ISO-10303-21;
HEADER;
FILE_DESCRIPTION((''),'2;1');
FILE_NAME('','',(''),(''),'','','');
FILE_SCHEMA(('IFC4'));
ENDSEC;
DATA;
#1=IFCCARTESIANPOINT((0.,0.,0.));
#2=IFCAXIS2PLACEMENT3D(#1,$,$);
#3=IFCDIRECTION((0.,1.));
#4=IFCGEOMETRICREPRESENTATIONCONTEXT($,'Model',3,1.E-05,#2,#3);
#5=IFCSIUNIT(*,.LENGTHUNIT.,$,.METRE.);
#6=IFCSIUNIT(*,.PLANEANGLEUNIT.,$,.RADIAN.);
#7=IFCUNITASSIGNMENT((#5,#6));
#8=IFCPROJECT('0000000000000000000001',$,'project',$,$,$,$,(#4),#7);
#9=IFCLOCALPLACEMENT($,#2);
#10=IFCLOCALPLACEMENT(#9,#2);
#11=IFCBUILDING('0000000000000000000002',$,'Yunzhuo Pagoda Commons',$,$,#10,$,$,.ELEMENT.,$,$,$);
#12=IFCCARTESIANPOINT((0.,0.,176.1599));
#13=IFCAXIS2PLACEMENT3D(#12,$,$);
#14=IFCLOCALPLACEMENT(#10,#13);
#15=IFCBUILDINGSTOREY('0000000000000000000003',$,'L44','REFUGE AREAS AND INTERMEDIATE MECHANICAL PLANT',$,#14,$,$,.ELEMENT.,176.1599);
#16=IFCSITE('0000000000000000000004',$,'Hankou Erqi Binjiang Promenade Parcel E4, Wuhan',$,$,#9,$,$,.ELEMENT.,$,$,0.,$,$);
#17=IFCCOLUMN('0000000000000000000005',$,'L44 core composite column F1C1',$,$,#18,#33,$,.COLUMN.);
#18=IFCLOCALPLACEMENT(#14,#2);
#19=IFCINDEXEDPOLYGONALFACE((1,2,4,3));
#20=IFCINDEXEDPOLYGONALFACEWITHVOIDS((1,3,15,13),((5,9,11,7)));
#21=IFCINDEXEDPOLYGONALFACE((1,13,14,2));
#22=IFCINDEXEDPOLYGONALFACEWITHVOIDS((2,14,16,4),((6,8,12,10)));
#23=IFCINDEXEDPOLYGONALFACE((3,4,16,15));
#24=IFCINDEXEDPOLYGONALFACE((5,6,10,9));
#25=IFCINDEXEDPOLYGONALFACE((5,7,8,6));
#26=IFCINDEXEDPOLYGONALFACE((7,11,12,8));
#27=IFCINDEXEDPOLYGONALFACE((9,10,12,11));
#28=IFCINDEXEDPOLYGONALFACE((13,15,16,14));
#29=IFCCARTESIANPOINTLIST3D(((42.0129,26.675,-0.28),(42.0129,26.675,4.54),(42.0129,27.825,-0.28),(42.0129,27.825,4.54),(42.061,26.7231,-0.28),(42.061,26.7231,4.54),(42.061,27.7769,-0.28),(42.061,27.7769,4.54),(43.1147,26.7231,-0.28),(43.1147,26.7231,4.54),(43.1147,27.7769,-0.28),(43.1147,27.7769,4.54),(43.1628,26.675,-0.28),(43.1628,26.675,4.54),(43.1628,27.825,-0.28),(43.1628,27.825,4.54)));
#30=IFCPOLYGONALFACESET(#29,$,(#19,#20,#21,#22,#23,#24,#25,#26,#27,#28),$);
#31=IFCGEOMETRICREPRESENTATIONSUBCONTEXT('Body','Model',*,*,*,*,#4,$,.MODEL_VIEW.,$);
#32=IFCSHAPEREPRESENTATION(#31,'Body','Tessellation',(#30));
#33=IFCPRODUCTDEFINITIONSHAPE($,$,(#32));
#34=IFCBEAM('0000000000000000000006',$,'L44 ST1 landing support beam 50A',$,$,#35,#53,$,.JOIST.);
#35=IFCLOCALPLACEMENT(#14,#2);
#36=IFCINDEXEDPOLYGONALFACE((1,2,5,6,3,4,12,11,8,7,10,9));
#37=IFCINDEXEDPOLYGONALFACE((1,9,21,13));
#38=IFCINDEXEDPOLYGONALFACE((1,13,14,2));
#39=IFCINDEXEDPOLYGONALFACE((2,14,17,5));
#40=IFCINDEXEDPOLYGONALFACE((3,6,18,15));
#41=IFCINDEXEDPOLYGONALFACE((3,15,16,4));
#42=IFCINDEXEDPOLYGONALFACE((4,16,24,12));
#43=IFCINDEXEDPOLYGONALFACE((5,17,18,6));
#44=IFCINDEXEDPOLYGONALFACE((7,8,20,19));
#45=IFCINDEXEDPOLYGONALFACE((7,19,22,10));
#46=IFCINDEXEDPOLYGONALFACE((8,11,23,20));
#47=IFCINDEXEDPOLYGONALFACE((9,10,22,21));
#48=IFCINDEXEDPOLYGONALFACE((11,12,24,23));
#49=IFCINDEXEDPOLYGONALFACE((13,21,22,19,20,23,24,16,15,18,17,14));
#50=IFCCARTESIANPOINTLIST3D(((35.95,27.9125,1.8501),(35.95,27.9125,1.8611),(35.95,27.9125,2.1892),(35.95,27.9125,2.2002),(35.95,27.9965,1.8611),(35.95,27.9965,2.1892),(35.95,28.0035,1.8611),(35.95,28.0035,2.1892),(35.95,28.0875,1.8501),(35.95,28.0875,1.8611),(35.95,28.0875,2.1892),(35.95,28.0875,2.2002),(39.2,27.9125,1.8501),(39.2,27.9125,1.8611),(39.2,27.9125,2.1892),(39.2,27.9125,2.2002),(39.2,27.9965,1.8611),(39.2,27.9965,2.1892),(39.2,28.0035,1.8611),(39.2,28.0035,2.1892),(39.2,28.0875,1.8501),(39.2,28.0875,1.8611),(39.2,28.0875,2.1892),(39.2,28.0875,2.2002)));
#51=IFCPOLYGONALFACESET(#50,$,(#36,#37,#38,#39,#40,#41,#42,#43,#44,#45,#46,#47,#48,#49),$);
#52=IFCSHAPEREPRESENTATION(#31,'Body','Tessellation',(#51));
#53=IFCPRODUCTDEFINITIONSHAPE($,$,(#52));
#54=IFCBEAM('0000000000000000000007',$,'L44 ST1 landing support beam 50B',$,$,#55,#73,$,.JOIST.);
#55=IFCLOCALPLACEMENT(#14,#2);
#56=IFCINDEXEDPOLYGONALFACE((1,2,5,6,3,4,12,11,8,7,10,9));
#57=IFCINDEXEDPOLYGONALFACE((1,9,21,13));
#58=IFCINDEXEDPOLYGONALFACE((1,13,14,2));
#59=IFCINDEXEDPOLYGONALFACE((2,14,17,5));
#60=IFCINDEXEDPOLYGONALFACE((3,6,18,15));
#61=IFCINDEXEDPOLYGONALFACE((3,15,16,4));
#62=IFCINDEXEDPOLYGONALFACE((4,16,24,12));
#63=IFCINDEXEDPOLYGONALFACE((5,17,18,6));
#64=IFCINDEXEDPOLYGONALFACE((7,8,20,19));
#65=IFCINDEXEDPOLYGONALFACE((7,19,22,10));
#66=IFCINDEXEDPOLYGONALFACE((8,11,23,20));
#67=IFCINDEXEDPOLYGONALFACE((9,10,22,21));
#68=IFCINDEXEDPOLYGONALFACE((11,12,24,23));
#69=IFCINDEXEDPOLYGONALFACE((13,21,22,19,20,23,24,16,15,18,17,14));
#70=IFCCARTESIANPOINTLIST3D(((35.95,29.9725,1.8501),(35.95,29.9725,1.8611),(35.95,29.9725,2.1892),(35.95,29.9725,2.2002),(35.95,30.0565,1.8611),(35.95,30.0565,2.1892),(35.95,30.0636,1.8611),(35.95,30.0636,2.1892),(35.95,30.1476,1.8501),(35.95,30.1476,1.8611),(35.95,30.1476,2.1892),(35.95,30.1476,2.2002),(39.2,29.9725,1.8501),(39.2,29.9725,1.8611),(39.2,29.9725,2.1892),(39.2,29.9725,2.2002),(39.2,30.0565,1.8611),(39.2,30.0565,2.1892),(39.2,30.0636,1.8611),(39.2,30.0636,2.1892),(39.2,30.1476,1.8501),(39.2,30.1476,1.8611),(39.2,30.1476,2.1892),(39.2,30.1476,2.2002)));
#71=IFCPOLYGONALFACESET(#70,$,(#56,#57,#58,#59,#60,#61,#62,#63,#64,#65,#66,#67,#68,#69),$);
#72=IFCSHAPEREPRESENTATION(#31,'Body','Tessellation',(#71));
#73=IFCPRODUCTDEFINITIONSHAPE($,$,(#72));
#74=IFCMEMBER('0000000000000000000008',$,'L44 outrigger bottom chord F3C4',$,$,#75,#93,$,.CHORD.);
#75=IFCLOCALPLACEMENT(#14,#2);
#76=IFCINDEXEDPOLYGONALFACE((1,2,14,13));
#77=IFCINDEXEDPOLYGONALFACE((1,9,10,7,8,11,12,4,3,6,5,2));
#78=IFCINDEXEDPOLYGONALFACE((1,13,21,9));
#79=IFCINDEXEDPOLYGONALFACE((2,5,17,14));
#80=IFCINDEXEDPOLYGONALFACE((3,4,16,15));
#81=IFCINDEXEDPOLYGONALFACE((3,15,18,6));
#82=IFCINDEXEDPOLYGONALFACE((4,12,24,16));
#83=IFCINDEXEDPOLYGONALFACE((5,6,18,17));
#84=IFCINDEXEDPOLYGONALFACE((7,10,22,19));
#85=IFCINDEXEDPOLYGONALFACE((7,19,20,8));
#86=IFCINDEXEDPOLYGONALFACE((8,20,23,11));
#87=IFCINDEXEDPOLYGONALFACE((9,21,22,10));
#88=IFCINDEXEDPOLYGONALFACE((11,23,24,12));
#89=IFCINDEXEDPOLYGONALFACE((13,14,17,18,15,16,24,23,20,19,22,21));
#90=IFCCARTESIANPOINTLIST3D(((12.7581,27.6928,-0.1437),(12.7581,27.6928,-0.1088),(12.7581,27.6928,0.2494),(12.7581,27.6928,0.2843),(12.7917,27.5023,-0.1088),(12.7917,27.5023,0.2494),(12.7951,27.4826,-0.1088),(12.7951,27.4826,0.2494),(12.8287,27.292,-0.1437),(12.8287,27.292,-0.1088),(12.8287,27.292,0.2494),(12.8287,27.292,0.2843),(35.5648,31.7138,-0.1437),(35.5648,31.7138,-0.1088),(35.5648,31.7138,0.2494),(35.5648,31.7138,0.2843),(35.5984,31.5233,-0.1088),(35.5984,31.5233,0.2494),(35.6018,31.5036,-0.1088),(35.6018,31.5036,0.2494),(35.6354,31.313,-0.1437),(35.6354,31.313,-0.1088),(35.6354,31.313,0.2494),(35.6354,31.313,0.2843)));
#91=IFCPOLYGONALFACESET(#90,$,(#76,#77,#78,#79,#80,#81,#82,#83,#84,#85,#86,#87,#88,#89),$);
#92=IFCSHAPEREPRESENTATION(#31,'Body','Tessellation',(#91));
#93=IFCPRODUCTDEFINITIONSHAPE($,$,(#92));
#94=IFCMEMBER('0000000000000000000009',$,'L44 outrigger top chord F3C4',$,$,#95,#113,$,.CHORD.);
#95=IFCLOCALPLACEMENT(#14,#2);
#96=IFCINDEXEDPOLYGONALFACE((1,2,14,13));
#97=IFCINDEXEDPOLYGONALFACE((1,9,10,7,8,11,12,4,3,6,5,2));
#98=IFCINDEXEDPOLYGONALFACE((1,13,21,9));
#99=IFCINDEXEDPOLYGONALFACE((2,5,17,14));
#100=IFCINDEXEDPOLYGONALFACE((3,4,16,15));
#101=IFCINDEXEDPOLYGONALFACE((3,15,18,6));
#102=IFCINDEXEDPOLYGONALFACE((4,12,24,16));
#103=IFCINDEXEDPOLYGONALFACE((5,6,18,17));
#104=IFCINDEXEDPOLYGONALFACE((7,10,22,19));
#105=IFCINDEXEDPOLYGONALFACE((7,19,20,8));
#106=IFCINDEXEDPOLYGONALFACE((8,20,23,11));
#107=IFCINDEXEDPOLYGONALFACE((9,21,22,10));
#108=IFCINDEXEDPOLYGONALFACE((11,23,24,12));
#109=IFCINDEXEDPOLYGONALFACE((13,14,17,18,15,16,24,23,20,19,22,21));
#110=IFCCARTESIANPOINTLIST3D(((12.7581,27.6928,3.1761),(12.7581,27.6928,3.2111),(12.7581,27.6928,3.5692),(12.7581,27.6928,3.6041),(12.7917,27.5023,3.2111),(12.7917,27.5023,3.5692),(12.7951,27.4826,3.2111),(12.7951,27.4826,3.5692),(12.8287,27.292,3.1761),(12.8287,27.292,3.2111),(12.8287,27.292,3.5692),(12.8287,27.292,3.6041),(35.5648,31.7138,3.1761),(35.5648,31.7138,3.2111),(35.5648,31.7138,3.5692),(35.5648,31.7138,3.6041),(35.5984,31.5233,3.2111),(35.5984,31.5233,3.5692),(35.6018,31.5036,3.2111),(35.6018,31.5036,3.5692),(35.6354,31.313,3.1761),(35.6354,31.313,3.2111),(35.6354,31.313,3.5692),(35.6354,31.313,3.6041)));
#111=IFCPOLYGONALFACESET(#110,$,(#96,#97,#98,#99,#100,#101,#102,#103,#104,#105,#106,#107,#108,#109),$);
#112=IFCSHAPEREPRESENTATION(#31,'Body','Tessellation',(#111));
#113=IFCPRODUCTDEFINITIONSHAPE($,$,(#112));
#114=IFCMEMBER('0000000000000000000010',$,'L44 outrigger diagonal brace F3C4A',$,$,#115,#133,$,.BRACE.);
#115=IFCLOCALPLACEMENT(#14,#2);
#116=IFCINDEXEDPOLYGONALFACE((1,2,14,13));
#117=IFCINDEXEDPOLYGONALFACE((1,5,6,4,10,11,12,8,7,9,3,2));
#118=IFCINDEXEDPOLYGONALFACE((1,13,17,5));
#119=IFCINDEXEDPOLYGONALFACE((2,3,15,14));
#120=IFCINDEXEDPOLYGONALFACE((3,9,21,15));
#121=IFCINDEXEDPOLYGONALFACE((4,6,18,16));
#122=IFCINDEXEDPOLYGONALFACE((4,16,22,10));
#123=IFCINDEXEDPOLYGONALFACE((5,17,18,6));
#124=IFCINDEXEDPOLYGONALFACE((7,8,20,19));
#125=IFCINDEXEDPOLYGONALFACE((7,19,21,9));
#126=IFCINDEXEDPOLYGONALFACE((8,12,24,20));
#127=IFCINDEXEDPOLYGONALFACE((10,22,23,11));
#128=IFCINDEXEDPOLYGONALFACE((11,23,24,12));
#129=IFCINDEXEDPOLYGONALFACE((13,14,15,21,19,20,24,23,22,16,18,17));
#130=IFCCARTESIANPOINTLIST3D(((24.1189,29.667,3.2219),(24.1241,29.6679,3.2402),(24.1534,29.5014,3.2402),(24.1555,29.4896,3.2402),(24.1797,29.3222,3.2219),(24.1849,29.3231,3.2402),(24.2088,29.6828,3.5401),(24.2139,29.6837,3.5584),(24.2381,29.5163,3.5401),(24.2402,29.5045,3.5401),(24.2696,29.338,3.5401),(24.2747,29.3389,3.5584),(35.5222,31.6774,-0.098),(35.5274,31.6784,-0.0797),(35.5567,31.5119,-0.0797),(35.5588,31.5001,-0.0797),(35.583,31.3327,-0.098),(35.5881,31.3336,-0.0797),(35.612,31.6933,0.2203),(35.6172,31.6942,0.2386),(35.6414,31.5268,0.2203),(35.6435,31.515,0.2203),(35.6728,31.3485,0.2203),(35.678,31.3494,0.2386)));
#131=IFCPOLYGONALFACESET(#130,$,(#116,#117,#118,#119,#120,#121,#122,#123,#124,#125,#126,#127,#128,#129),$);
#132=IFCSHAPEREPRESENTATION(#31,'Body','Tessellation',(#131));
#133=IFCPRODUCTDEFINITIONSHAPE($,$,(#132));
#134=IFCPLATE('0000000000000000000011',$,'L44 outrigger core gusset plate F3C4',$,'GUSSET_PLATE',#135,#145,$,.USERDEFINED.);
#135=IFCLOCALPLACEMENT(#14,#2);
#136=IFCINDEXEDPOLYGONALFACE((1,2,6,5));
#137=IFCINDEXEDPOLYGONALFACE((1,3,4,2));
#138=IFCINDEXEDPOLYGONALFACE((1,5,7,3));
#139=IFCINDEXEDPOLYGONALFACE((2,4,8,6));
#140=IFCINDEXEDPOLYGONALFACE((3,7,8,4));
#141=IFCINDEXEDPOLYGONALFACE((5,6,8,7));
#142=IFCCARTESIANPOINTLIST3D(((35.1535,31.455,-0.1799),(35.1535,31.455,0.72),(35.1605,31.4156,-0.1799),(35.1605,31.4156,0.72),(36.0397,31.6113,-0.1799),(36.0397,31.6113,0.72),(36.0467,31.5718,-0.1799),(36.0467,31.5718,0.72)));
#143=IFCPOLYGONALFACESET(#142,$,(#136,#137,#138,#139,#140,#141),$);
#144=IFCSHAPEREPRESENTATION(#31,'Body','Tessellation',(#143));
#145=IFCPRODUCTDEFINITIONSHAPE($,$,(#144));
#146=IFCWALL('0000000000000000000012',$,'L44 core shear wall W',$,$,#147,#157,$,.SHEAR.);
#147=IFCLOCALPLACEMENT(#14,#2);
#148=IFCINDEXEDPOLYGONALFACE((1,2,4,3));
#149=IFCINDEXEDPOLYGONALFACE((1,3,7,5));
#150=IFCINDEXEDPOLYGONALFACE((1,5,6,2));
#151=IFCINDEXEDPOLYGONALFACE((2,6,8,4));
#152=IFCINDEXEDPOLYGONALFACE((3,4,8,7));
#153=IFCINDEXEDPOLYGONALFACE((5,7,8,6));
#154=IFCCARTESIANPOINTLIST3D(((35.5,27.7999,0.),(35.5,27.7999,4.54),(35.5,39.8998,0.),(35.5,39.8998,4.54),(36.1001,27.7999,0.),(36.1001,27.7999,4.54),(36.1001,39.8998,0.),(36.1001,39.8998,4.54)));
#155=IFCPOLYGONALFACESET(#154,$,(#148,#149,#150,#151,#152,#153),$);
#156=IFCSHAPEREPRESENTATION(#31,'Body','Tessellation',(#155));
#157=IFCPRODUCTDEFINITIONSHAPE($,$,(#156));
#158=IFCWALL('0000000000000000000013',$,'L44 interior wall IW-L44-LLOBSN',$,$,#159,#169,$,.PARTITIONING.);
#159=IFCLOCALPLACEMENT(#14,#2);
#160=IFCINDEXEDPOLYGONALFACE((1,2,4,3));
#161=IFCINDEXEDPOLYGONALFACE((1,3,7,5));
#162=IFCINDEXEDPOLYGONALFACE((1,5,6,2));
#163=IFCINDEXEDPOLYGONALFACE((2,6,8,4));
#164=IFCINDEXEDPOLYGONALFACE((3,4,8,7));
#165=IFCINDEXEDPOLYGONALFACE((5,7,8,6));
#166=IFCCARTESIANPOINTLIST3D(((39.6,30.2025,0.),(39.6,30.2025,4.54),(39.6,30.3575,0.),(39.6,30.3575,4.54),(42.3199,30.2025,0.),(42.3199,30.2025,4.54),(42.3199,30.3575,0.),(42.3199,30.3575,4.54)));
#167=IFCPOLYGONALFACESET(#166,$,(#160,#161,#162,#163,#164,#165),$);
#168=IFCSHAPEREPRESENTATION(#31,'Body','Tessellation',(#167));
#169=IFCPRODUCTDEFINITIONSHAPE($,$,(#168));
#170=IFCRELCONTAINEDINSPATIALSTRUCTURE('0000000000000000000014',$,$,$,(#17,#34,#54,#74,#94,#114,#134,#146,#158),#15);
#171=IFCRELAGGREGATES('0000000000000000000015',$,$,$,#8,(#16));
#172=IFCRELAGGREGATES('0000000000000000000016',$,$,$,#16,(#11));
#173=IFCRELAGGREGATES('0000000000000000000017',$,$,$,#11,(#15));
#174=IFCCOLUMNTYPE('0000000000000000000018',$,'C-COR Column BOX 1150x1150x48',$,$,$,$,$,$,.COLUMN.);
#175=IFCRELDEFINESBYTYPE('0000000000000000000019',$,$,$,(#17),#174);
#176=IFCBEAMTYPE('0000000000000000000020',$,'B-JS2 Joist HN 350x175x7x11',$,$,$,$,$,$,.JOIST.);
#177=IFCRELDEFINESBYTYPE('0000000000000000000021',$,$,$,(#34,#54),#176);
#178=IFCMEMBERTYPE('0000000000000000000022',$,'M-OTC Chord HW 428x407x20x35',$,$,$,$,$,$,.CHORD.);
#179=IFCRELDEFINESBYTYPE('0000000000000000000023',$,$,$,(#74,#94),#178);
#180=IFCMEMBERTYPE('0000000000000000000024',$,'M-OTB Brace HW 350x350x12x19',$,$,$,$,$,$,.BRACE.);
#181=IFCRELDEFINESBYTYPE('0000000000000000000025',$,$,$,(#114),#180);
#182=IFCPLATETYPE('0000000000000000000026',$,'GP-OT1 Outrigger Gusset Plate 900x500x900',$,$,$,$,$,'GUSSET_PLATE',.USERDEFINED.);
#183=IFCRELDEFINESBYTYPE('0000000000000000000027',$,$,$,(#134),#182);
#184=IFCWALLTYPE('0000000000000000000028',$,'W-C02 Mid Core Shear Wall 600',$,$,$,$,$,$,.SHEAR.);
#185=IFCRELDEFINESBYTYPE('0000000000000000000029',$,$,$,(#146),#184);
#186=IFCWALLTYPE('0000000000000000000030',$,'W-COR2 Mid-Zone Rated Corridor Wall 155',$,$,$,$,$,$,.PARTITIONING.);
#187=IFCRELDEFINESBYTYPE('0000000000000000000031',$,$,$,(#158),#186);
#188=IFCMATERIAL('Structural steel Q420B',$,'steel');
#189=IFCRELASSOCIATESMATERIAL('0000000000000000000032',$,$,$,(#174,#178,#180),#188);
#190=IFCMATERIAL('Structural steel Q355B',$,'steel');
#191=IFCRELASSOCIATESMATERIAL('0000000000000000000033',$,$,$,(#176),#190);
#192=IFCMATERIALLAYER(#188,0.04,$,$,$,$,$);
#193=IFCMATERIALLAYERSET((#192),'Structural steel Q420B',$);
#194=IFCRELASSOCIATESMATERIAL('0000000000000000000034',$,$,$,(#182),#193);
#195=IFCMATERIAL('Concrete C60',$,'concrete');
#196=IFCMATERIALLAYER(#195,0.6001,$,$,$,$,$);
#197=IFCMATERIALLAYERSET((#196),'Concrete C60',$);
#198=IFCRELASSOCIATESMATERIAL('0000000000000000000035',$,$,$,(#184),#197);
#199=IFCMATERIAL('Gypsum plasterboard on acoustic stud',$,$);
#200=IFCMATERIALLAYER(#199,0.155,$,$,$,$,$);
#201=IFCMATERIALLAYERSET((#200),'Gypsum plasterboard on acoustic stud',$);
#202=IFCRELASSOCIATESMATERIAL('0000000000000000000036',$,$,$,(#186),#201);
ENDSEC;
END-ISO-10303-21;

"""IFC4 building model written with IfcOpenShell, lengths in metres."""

from ifc_helpers import new_model, si_unit, direction, frame, frame_2d, origin, origin_2d, place, context, subcontext, project, spatial, rectangle, hollow_rectangle, i_section, extrude, source, transform, mapped, material, layer, layer_set, material_profile, profile_set, type_object, element, save


model = new_model("IFC4")

# Units and contexts
model_context = context("Model", 3, precision=1e-05, world=origin(), true_north=direction((0.0, 1.0)))
body_context = subcontext(model_context, "Body", "Model", "MODEL_VIEW")
ifc_project = project(units=[si_unit("LENGTHUNIT", "METRE"), si_unit("PLANEANGLEUNIT", "RADIAN")], contexts=[model_context])

# Site, building, storey
site_placement = place(None, origin())
site = spatial("IfcSite", under=ifc_project, at=site_placement, Name="Hankou Erqi Binjiang Promenade Parcel E4, Wuhan", CompositionType="ELEMENT", RefElevation=0.0)
building_placement = place(site_placement, origin())
building = spatial("IfcBuilding", under=site, at=building_placement, Name="Yunzhuo Pagoda Commons", CompositionType="ELEMENT")
storey_placement = place(building_placement, frame((0.0, 0.0, 176.1599)))
storey = spatial("IfcBuildingStorey", under=building, at=storey_placement, Name="L44", Description="REFUGE AREAS AND INTERMEDIATE MECHANICAL PLANT", CompositionType="ELEMENT", Elevation=176.1599)

# Column
ifc_material_1 = material(Name="Structural steel Q420B", Category="steel")
ifc_material_profile_1 = material_profile(ifc_material_1, hollow_rectangle(XDim=1.1499, YDim=1.1499, WallThickness=0.0481, at=origin_2d()), Name="Structural steel Q420B")
ifc_profile_set_1 = profile_set([ifc_material_profile_1], Name="Structural steel Q420B")
column_type = type_object("IfcColumnType", Name="C-COR Column BOX 1150x1150x48", PredefinedType="COLUMN", material=ifc_profile_set_1)
shared_shape_1 = source(origin(), body_context, "Body", "SweptSolid", [
    extrude(hollow_rectangle(XDim=1.1499, YDim=1.1499, WallThickness=0.0481, at=origin_2d()), origin(), (0.0, 0.0, 1.0), 4.8201),
])
column_placement = place(storey_placement, frame((42.5879, 27.25, -0.28), z_axis=(0.0, 0.0, 1.0), x_axis=(1.0, 0.0, 0.0)))
element("IfcColumn", 1, at=column_placement, inside=storey, type_object=column_type, Name="L44 core composite column F1C1", PredefinedType="COLUMN", context=body_context, shape_type="MappedRepresentation", body=[
    mapped(shared_shape_1, transform((0.0, 0.0, 0.0), scale=1.0)),
])

# Beams
ifc_material_2 = material(Name="Structural steel Q355B", Category="steel")
ifc_material_profile_2 = material_profile(ifc_material_2, i_section(OverallWidth=0.175, OverallDepth=0.3501, WebThickness=0.0071, FlangeThickness=0.011, at=origin_2d()), Name="Structural steel Q355B")
ifc_profile_set_2 = profile_set([ifc_material_profile_2], Name="Structural steel Q355B")
beam_type = type_object("IfcBeamType", Name="B-JS2 Joist HN 350x175x7x11", PredefinedType="JOIST", material=ifc_profile_set_2)
shared_shape_2 = source(origin(), body_context, "Body", "SweptSolid", [
    extrude(i_section(OverallWidth=0.175, OverallDepth=0.3501, WebThickness=0.0071, FlangeThickness=0.011, at=origin_2d()), origin(), (0.0, 0.0, 1.0), 3.25),
])
for number, where, z_axis, x_axis, name in (
    (2, (35.95, 28.0, 2.0251), (1.0, 0.0, 0.0), (0.0, 1.0, 0.0), "L44 ST1 landing support beam 50A"),
    (3, (35.95, 30.0601, 2.0251), (1.0, 0.0, 0.0), (0.0, 1.0, 0.0), "L44 ST1 landing support beam 50B"),
):
    element("IfcBeam", number, at=place(storey_placement, frame(where, z_axis=z_axis, x_axis=x_axis)), inside=storey, type_object=beam_type, Name=name, PredefinedType="JOIST", context=body_context, shape_type="MappedRepresentation", body=[
        mapped(shared_shape_2, transform((0.0, 0.0, 0.0), scale=1.0)),
    ])

# Members
ifc_material_profile_3 = material_profile(ifc_material_1, i_section(OverallWidth=0.407, OverallDepth=0.428, WebThickness=0.02, FlangeThickness=0.0349, at=origin_2d()), Name="Structural steel Q420B")
ifc_profile_set_3 = profile_set([ifc_material_profile_3], Name="Structural steel Q420B")
member_type_1 = type_object("IfcMemberType", Name="M-OTC Chord HW 428x407x20x35", PredefinedType="CHORD", material=ifc_profile_set_3)
shared_shape_3 = source(origin(), body_context, "Body", "SweptSolid", [
    extrude(i_section(OverallWidth=0.407, OverallDepth=0.428, WebThickness=0.02, FlangeThickness=0.0349, at=origin_2d()), origin(), (0.0, 0.0, 1.0), 23.1584),
])
for number, where, z_axis, x_axis, name in (
    (4, (35.6001, 31.5134, 0.0703), (-0.984811, -0.17363, 0.0), (0.17363, -0.984811, 0.0), "L44 outrigger bottom chord F3C4"),
    (5, (35.6001, 31.5134, 3.3901), (-0.984811, -0.17363, 0.0), (0.17363, -0.984811, 0.0), "L44 outrigger top chord F3C4"),
):
    element("IfcMember", number, at=place(storey_placement, frame(where, z_axis=z_axis, x_axis=x_axis)), inside=storey, type_object=member_type_1, Name=name, PredefinedType="CHORD", context=body_context, shape_type="MappedRepresentation", body=[
        mapped(shared_shape_3, transform((0.0, 0.0, 0.0), scale=1.0)),
    ])
ifc_material_profile_4 = material_profile(ifc_material_1, i_section(OverallWidth=0.3501, OverallDepth=0.3501, WebThickness=0.012, FlangeThickness=0.019, at=origin_2d()), Name="Structural steel Q420B")
ifc_profile_set_4 = profile_set([ifc_material_profile_4], Name="Structural steel Q420B")
member_type_2 = type_object("IfcMemberType", Name="M-OTB Brace HW 350x350x12x19", PredefinedType="BRACE", material=ifc_profile_set_4)
shared_shape_4 = source(origin(), body_context, "Body", "SweptSolid", [
    extrude(i_section(OverallWidth=0.3501, OverallDepth=0.3501, WebThickness=0.012, FlangeThickness=0.019, at=origin_2d()), origin(), (0.0, 0.0, 1.0), 12.0457),
])
member_placement = place(storey_placement, frame((35.6001, 31.5134, 0.0703), z_axis=(-0.946671, -0.166906, 0.275602), x_axis=(0.17363, -0.984811, 0.0)))
element("IfcMember", 6, at=member_placement, inside=storey, type_object=member_type_2, Name="L44 outrigger diagonal brace F3C4A", PredefinedType="BRACE", context=body_context, shape_type="MappedRepresentation", body=[
    mapped(shared_shape_4, transform((0.0, 0.0, 0.0), scale=1.0)),
])

# Plate
ifc_layer_1 = layer(ifc_material_1, 0.04)
ifc_layer_set_1 = layer_set([ifc_layer_1], Name="Structural steel Q420B")
plate_type = type_object("IfcPlateType", Name="GP-OT1 Outrigger Gusset Plate 900x500x900", ElementType="GUSSET_PLATE", PredefinedType="USERDEFINED", material=ifc_layer_set_1)
shared_shape_5 = source(origin(), body_context, "Body", "SweptSolid", [
    extrude(rectangle(XDim=0.8999, YDim=0.04, at=origin_2d()), origin(), (0.0, 0.0, 1.0), 0.8999),
])
plate_placement = place(storey_placement, frame((35.6001, 31.5134, -0.1799), z_axis=(0.0, 0.0, 1.0), x_axis=(-0.984808, -0.173648, 0.0)))
element("IfcPlate", 7, at=plate_placement, inside=storey, type_object=plate_type, Name="L44 outrigger core gusset plate F3C4", ObjectType="GUSSET_PLATE", PredefinedType="USERDEFINED", context=body_context, shape_type="MappedRepresentation", body=[
    mapped(shared_shape_5, transform((0.0, 0.0, 0.0), scale=1.0)),
])

# Walls
ifc_material_3 = material(Name="Concrete C60", Category="concrete")
ifc_layer_2 = layer(ifc_material_3, 0.6001)
ifc_layer_set_2 = layer_set([ifc_layer_2], Name="Concrete C60")
wall_type_1 = type_object("IfcWallType", Name="W-C02 Mid Core Shear Wall 600", PredefinedType="SHEAR", material=ifc_layer_set_2)
wall_1_placement = place(storey_placement, frame((35.8, 27.8, 0.0), z_axis=(0.0, 0.0, 1.0), x_axis=(0.0, 1.0, 0.0)))
element("IfcWall", 8, at=wall_1_placement, inside=storey, type_object=wall_type_1, Name="L44 core shear wall W", PredefinedType="SHEAR", context=body_context, shape_type="SweptSolid", body=[
    extrude(rectangle(XDim=12.0999, YDim=0.6001, at=frame_2d((6.0498, 0.0))), origin(), (0.0, 0.0, 1.0), 4.54),
])
ifc_material_4 = material(Name="Gypsum plasterboard on acoustic stud")
ifc_layer_3 = layer(ifc_material_4, 0.155)
ifc_layer_set_3 = layer_set([ifc_layer_3], Name="Gypsum plasterboard on acoustic stud")
wall_type_2 = type_object("IfcWallType", Name="W-COR2 Mid-Zone Rated Corridor Wall 155", PredefinedType="PARTITIONING", material=ifc_layer_set_3)
wall_2_placement = place(storey_placement, frame((39.6001, 30.28, 0.0), z_axis=(0.0, 0.0, 1.0), x_axis=(1.0, 0.0, 0.0)))
element("IfcWall", 9, at=wall_2_placement, inside=storey, type_object=wall_type_2, Name="L44 interior wall IW-L44-LLOBSN", PredefinedType="PARTITIONING", context=body_context, shape_type="SweptSolid", body=[
    extrude(rectangle(XDim=2.72, YDim=0.155, at=frame_2d((1.3599, 0.0))), origin(), (0.0, 0.0, 1.0), 4.54),
])

save(model, "model.ifc")
